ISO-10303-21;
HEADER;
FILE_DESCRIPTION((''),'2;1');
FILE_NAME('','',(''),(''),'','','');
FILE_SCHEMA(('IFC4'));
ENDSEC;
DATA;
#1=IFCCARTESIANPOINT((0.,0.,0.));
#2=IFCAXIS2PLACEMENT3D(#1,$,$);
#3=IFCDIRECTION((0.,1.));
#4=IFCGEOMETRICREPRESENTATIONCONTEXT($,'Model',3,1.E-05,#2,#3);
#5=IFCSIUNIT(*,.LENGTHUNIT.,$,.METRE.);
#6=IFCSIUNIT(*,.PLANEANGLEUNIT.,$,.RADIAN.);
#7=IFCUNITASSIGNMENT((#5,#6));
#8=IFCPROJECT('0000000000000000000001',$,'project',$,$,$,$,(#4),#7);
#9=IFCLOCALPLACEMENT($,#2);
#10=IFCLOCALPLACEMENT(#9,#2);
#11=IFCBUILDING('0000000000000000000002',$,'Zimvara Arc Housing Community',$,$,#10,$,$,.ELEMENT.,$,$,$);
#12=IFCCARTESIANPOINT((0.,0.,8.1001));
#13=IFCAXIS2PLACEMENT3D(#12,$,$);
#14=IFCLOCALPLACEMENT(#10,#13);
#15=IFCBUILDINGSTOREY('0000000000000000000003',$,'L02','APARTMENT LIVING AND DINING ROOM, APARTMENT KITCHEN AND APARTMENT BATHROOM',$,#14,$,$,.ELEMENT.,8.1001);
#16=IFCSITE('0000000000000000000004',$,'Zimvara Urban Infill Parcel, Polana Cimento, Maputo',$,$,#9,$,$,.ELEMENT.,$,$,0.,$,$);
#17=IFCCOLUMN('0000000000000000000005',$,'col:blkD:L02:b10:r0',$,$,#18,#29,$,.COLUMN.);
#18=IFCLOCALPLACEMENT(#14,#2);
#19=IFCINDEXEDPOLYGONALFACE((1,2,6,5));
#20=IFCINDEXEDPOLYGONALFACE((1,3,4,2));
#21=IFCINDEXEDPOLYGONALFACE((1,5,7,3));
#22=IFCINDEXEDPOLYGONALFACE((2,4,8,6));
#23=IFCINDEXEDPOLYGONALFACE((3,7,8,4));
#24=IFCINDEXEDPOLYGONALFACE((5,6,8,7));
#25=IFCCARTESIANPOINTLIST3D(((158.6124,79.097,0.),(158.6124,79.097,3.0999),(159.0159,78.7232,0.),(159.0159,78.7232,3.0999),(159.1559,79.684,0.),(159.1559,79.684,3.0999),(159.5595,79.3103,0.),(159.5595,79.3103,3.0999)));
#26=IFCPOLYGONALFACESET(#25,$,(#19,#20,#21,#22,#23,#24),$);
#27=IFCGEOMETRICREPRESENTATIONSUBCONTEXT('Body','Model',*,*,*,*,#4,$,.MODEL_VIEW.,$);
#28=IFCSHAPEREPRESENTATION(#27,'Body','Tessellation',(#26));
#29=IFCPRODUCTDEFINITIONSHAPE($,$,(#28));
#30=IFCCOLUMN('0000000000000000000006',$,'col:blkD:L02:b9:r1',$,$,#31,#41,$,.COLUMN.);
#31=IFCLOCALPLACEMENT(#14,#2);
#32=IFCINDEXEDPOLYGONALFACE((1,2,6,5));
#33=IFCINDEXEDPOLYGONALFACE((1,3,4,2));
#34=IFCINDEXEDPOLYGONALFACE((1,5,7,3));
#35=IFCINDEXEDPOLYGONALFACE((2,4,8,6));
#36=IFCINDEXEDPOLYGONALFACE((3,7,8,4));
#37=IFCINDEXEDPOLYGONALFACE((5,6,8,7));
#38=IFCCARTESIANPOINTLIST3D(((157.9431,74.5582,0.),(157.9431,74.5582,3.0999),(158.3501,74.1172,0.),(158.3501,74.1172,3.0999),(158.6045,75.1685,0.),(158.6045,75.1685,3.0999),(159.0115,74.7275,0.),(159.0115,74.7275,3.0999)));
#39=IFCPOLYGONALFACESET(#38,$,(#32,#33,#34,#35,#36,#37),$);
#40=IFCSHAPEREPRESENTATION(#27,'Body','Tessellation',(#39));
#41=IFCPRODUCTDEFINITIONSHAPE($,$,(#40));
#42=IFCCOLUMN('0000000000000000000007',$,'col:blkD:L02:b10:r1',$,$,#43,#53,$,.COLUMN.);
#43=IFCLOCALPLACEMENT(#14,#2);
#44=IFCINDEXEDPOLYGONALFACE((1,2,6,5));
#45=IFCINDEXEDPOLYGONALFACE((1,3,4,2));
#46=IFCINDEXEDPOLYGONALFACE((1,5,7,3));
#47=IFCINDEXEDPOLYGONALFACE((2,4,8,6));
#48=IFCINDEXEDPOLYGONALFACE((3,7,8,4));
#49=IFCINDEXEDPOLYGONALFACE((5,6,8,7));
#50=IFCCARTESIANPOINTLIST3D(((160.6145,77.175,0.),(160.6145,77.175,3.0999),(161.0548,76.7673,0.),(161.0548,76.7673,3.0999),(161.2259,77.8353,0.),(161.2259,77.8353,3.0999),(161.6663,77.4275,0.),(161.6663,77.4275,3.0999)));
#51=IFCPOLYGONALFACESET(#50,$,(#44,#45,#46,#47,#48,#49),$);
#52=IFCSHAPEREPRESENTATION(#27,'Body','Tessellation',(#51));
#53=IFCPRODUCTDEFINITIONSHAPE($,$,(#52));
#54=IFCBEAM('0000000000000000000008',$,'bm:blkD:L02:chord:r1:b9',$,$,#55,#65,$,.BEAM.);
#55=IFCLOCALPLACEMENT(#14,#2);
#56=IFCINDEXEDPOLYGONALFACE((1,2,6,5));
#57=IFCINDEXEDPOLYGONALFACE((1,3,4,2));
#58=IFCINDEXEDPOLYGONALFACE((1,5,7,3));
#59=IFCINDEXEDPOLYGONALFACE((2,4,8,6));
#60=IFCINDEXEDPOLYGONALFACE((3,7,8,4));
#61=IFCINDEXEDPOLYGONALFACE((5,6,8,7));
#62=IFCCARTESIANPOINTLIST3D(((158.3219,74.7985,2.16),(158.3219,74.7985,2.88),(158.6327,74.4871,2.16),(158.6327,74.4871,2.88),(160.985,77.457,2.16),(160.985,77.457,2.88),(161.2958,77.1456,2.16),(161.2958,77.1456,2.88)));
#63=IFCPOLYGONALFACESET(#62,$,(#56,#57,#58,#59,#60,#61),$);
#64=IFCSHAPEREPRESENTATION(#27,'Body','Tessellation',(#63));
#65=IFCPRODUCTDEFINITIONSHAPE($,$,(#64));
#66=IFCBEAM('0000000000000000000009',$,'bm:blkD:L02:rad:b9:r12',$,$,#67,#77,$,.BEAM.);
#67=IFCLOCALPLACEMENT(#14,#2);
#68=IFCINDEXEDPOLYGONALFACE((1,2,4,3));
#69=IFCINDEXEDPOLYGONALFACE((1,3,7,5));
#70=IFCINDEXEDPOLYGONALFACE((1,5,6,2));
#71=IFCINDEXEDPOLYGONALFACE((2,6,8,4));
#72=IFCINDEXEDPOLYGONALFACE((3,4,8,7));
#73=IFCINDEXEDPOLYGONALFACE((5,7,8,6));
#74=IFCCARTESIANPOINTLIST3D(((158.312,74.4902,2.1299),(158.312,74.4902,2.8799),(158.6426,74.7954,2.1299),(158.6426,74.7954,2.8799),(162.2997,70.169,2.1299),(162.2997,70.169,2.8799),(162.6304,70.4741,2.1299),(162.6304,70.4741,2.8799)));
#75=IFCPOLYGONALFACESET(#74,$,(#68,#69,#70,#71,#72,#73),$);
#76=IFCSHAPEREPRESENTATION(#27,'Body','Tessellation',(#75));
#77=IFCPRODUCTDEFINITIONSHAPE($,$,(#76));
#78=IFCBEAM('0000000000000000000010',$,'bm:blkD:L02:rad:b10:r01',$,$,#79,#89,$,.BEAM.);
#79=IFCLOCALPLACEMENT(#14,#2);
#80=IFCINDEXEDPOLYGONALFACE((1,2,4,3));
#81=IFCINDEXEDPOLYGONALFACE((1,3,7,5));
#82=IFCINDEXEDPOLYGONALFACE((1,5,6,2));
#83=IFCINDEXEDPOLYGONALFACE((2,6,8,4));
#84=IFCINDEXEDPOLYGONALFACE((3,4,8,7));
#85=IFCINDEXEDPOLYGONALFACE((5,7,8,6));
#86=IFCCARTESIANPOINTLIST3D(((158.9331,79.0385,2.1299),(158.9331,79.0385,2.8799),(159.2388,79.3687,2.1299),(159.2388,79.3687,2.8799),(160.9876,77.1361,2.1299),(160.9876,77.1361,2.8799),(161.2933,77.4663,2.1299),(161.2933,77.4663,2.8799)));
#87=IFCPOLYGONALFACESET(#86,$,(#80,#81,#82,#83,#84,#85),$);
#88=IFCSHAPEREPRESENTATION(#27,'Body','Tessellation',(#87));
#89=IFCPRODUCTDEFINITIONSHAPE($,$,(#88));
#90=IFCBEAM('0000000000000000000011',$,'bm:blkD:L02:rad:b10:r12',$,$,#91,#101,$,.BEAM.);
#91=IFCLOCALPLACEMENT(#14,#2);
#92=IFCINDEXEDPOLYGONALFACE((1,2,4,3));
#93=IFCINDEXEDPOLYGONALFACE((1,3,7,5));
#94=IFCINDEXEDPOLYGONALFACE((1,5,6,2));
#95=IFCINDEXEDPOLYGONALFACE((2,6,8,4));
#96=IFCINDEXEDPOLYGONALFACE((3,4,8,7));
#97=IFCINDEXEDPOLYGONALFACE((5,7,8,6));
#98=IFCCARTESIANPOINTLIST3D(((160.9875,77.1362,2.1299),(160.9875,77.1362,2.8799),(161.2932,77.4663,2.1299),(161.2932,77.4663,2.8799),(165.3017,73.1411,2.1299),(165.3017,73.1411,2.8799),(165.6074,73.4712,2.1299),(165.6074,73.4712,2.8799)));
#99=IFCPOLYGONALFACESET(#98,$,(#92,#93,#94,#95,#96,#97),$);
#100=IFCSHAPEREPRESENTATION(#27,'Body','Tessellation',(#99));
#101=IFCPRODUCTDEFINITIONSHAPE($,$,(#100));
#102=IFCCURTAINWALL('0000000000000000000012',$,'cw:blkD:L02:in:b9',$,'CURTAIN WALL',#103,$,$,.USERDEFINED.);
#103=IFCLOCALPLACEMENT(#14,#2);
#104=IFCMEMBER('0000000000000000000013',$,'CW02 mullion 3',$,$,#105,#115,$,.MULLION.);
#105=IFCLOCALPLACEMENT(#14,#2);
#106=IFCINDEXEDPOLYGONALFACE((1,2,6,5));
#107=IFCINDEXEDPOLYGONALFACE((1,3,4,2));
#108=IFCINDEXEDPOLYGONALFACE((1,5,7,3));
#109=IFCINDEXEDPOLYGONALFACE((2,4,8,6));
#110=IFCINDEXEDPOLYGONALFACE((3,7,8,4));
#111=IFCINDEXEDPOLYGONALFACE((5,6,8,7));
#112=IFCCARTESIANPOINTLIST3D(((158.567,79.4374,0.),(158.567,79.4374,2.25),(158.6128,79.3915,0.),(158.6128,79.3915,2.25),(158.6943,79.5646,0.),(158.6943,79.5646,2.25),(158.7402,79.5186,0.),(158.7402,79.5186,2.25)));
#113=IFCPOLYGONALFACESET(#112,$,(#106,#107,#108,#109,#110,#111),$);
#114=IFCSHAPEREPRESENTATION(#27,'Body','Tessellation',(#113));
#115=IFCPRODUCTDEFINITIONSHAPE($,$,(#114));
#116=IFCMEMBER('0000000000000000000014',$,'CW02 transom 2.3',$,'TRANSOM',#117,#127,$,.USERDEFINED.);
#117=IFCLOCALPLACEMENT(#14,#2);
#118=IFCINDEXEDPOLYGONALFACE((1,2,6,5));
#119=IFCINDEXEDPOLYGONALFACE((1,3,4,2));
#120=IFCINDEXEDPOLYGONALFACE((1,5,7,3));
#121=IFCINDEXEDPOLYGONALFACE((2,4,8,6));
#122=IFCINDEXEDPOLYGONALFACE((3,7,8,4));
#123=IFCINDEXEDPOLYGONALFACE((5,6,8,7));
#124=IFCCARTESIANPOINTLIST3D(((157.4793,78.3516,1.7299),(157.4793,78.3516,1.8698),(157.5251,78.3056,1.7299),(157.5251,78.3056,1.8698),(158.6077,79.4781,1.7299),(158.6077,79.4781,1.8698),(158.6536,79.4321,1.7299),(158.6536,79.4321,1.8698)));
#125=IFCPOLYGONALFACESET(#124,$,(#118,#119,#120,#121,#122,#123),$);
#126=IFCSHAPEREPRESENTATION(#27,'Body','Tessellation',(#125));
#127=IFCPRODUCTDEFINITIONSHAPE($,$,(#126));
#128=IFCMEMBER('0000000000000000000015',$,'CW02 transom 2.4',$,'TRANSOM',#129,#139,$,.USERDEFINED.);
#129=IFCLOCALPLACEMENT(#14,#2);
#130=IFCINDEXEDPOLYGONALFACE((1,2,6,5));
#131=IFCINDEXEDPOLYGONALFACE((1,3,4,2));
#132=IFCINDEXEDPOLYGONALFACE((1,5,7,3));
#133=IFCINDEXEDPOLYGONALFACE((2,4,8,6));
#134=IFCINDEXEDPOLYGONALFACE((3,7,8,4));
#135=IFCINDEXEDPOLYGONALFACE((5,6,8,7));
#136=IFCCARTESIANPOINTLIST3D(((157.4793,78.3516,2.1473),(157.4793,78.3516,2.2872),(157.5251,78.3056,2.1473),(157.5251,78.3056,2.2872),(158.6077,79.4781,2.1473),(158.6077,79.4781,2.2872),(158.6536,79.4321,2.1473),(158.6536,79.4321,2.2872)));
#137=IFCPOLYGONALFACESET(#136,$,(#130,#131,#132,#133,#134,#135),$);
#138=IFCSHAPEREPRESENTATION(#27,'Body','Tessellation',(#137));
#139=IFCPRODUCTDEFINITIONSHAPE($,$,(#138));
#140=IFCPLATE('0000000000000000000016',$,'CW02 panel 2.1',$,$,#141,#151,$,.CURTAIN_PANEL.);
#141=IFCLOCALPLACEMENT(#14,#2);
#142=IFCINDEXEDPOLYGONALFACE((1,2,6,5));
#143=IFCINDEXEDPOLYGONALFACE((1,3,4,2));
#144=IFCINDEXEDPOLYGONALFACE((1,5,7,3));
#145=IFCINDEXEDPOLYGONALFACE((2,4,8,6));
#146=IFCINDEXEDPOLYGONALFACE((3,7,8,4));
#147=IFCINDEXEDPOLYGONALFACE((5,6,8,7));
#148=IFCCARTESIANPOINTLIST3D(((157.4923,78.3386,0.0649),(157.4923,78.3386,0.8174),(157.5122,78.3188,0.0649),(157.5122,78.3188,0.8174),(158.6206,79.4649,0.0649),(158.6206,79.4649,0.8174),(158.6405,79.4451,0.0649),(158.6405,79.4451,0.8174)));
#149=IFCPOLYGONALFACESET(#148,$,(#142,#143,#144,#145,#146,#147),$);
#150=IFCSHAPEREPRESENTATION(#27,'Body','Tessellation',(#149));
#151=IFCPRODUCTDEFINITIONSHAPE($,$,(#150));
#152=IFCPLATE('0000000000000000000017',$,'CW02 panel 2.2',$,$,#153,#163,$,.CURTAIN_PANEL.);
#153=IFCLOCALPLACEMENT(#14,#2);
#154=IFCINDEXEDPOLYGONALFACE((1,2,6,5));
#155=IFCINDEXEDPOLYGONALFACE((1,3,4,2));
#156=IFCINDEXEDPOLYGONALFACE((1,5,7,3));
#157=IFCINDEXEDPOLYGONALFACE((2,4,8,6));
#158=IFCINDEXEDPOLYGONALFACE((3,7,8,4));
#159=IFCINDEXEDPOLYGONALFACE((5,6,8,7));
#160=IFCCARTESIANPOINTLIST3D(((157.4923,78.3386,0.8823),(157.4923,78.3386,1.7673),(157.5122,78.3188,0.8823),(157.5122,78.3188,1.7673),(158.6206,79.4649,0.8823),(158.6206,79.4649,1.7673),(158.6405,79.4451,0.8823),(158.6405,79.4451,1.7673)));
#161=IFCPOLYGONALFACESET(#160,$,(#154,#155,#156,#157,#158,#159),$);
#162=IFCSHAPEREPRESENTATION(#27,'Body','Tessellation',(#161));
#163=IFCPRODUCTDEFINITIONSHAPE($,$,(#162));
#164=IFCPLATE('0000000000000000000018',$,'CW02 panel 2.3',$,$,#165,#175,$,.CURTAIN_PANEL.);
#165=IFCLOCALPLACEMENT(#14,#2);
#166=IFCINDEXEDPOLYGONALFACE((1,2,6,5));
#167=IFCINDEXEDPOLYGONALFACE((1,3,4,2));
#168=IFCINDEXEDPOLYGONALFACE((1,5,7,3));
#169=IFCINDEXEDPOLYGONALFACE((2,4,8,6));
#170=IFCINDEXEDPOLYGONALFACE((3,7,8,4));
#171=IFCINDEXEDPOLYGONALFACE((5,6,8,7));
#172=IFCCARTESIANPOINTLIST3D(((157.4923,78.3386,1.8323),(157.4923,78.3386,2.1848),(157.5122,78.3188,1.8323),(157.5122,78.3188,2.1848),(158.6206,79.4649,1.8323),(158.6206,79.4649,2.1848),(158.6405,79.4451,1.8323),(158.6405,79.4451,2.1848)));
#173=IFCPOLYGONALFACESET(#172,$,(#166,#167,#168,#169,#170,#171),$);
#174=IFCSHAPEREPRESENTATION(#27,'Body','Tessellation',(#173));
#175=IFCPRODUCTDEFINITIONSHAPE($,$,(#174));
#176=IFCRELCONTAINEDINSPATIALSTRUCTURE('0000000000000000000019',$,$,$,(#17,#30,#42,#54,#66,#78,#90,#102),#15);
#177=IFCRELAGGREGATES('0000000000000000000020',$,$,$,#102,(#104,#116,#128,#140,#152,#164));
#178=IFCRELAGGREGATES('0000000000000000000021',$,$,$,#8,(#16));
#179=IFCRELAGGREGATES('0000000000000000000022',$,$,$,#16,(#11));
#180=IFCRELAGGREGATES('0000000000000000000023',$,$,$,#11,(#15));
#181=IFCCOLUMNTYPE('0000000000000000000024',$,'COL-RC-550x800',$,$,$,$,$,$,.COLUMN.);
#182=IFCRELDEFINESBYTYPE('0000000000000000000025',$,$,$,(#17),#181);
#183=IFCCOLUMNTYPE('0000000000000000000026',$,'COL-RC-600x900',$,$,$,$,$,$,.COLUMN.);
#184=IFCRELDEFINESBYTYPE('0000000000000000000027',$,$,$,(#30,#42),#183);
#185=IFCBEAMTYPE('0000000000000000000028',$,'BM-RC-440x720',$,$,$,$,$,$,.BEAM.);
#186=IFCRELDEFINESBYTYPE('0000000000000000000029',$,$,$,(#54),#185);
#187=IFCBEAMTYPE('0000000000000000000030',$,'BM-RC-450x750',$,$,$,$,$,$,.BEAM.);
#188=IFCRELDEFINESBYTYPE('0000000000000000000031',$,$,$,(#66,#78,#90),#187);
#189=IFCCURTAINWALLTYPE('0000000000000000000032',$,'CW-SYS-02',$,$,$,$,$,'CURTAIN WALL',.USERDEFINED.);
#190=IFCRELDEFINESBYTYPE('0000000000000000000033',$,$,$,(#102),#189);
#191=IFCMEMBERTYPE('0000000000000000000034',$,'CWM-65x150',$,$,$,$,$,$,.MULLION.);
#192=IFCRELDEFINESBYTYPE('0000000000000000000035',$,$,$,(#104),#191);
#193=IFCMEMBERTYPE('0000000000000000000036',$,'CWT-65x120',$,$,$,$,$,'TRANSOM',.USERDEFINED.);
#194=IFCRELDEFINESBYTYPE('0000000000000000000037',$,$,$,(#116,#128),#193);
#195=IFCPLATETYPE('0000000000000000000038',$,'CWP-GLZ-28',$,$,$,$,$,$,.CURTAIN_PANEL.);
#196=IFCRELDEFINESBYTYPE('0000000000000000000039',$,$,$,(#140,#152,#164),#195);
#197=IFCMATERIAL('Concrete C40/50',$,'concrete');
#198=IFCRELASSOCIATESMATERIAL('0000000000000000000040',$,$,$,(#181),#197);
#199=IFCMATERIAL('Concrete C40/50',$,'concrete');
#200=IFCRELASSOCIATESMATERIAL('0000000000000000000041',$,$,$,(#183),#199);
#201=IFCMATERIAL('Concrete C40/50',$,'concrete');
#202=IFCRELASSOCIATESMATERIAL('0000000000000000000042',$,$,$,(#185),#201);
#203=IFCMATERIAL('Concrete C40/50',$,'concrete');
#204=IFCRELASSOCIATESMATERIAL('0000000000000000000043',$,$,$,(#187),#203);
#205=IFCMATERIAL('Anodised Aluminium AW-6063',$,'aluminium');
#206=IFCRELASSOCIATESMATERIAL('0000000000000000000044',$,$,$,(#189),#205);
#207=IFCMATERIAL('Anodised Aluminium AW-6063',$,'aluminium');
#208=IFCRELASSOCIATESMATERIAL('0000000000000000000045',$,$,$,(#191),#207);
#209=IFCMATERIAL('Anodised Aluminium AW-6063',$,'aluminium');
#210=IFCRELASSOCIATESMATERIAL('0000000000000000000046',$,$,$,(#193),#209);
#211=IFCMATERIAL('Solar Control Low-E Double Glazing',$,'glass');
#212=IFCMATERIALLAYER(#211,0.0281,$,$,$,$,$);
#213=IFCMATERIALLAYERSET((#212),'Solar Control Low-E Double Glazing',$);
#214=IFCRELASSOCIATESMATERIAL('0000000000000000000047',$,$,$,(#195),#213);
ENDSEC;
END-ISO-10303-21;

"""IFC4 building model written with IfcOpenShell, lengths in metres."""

from ifc_helpers import new_model, si_unit, direction, frame, origin, origin_2d, place, context, subcontext, project, spatial, rectangle, extrude, material, layer, layer_set, material_profile, profile_set, type_object, element, aggregate, save


model = new_model("IFC4")

# Units and contexts
model_context = context("Model", 3, precision=1e-05, world=origin(), true_north=direction((0.0, 1.0)))
body_context = subcontext(model_context, "Body", "Model", "MODEL_VIEW")
ifc_project = project(units=[si_unit("LENGTHUNIT", "METRE"), si_unit("PLANEANGLEUNIT", "RADIAN")], contexts=[model_context])

# Site, building, storey
site_placement = place(None, origin())
site = spatial("IfcSite", under=ifc_project, at=site_placement, Name="Zimvara Urban Infill Parcel, Polana Cimento, Maputo", CompositionType="ELEMENT", RefElevation=0.0)
building_placement = place(site_placement, origin())
building = spatial("IfcBuilding", under=site, at=building_placement, Name="Zimvara Arc Housing Community", CompositionType="ELEMENT")
storey_placement = place(building_placement, frame((0.0, 0.0, 8.1001)))
storey = spatial("IfcBuildingStorey", under=building, at=storey_placement, Name="L02", Description="APARTMENT LIVING AND DINING ROOM, APARTMENT KITCHEN AND APARTMENT BATHROOM", CompositionType="ELEMENT", Elevation=8.1001)

# Columns
ifc_material_1 = material(Name="Concrete C40/50", Category="concrete")
ifc_material_profile_1 = material_profile(ifc_material_1, rectangle(XDim=0.55, YDim=0.8, at=origin_2d()), Name="RC 550x800")
ifc_profile_set_1 = profile_set([ifc_material_profile_1], Name="Concrete C40/50")
column_type_1 = type_object("IfcColumnType", Name="COL-RC-550x800", PredefinedType="COLUMN", material=ifc_profile_set_1)
column_placement = place(storey_placement, frame((159.0859, 79.2036, 0.0), z_axis=(0.0, 0.0, 1.0), x_axis=(0.73373, -0.679441, 0.0)))
element("IfcColumn", 1, at=column_placement, inside=storey, type_object=column_type_1, Name="col:blkD:L02:b10:r0", PredefinedType="COLUMN", context=body_context, shape_type="SweptSolid", body=[
    extrude(rectangle(XDim=0.55, YDim=0.8, at=origin_2d()), origin(), (0.0, 0.0, 1.0), 3.0999),
])
ifc_material_2 = material(Name="Concrete C40/50", Category="concrete")
ifc_material_profile_2 = material_profile(ifc_material_2, rectangle(XDim=0.6001, YDim=0.8999, at=origin_2d()), Name="RC 600x900")
ifc_profile_set_2 = profile_set([ifc_material_profile_2], Name="Concrete C40/50")
column_type_2 = type_object("IfcColumnType", Name="COL-RC-600x900", PredefinedType="COLUMN", material=ifc_profile_set_2)
for number, where, z_axis, x_axis, name in (
    (2, (158.4773, 74.6428, 0.0), (0.0, 0.0, 1.0), (0.67816, -0.734915, 0.0), "col:blkD:L02:b9:r1"),
    (3, (161.1404, 77.3013, 0.0), (0.0, 0.0, 1.0), (0.73373, -0.679441, 0.0), "col:blkD:L02:b10:r1"),
):
    element("IfcColumn", number, at=place(storey_placement, frame(where, z_axis=z_axis, x_axis=x_axis)), inside=storey, type_object=column_type_2, Name=name, PredefinedType="COLUMN", context=body_context, shape_type="SweptSolid", body=[
        extrude(rectangle(XDim=0.6001, YDim=0.8999, at=origin_2d()), origin(), (0.0, 0.0, 1.0), 3.0999),
    ])

# Beams
ifc_material_3 = material(Name="Concrete C40/50", Category="concrete")
ifc_material_profile_3 = material_profile(ifc_material_3, rectangle(XDim=0.4399, YDim=0.72, at=origin_2d()), Name="RC 440x720")
ifc_profile_set_3 = profile_set([ifc_material_profile_3], Name="Concrete C40/50")
beam_type_1 = type_object("IfcBeamType", Name="BM-RC-440x720", PredefinedType="BEAM", material=ifc_profile_set_3)
beam_1_placement = place(storey_placement, frame((158.4773, 74.6428, 2.52), z_axis=(0.707723, 0.70649, 0.0), x_axis=(-0.70649, 0.707723, 0.0)))
element("IfcBeam", 4, at=beam_1_placement, inside=storey, type_object=beam_type_1, Name="bm:blkD:L02:chord:r1:b9", PredefinedType="BEAM", context=body_context, shape_type="SweptSolid", body=[
    extrude(rectangle(XDim=0.4399, YDim=0.72, at=origin_2d()), origin(), (0.0, 0.0, 1.0), 3.7629),
])
ifc_material_4 = material(Name="Concrete C40/50", Category="concrete")
ifc_material_profile_4 = material_profile(ifc_material_4, rectangle(XDim=0.45, YDim=0.75, at=origin_2d()), Name="RC 450x750")
ifc_profile_set_4 = profile_set([ifc_material_profile_4], Name="Concrete C40/50")
beam_type_2 = type_object("IfcBeamType", Name="BM-RC-450x750", PredefinedType="BEAM", material=ifc_profile_set_4)
beam_2_placement = place(storey_placement, frame((158.4773, 74.6428, 2.5049), z_axis=(0.67818, -0.734896, 0.0), x_axis=(0.734896, 0.67818, 0.0)))
element("IfcBeam", 5, at=beam_2_placement, inside=storey, type_object=beam_type_2, Name="bm:blkD:L02:rad:b9:r12", PredefinedType="BEAM", context=body_context, shape_type="SweptSolid", body=[
    extrude(rectangle(XDim=0.45, YDim=0.75, at=origin_2d()), origin(), (0.0, 0.0, 1.0), 5.8801),
])
beam_3_placement = place(storey_placement, frame((159.0859, 79.2036, 2.5049), z_axis=(0.733746, -0.679424, 0.0), x_axis=(0.679424, 0.733746, 0.0)))
element("IfcBeam", 6, at=beam_3_placement, inside=storey, type_object=beam_type_2, Name="bm:blkD:L02:rad:b10:r01", PredefinedType="BEAM", context=body_context, shape_type="SweptSolid", body=[
    extrude(rectangle(XDim=0.45, YDim=0.75, at=origin_2d()), origin(), (0.0, 0.0, 1.0), 2.8),
])
beam_4_placement = place(storey_placement, frame((161.1404, 77.3013, 2.5049), z_axis=(0.73372, -0.679452, 0.0), x_axis=(0.679452, 0.73372, 0.0)))
element("IfcBeam", 7, at=beam_4_placement, inside=storey, type_object=beam_type_2, Name="bm:blkD:L02:rad:b10:r12", PredefinedType="BEAM", context=body_context, shape_type="SweptSolid", body=[
    extrude(rectangle(XDim=0.45, YDim=0.75, at=origin_2d()), origin(), (0.0, 0.0, 1.0), 5.8799),
])

# Curtain wall, members, plates
ifc_material_5 = material(Name="Anodised Aluminium AW-6063", Category="aluminium")
curtain_wall_type = type_object("IfcCurtainWallType", Name="CW-SYS-02", ElementType="CURTAIN WALL", PredefinedType="USERDEFINED", material=ifc_material_5)
curtain_wall_placement = place(storey_placement, origin())
curtain_wall = element("IfcCurtainWall", 8, at=curtain_wall_placement, inside=storey, type_object=curtain_wall_type, Name="cw:blkD:L02:in:b9", ObjectType="CURTAIN WALL", PredefinedType="USERDEFINED")
ifc_material_6 = material(Name="Anodised Aluminium AW-6063", Category="aluminium")
ifc_material_profile_5 = material_profile(ifc_material_6, rectangle(XDim=0.0649, YDim=0.1799, at=origin_2d()), Name="ALU 65x180")
ifc_profile_set_5 = profile_set([ifc_material_profile_5], Name="Anodised Aluminium AW-6063")
member_type_1 = type_object("IfcMemberType", Name="CWM-65x150", PredefinedType="MULLION", material=ifc_profile_set_5)
member_1_placement = place(storey_placement, frame((158.6536, 79.478, 0.0), z_axis=(0.0, 0.0, 1.0), x_axis=(-0.70649, 0.707723, 0.0)))
member_1 = element("IfcMember", 9, at=member_1_placement, type_object=member_type_1, Name="CW02 mullion 3", PredefinedType="MULLION", context=body_context, shape_type="SweptSolid", body=[
    extrude(rectangle(XDim=0.0649, YDim=0.1799, at=origin_2d()), origin(), (0.0, 0.0, 1.0), 2.25),
])
ifc_material_7 = material(Name="Anodised Aluminium AW-6063", Category="aluminium")
ifc_material_profile_6 = material_profile(ifc_material_7, rectangle(XDim=0.0649, YDim=0.1399, at=origin_2d()), Name="ALU 65x140")
ifc_profile_set_6 = profile_set([ifc_material_profile_6], Name="Anodised Aluminium AW-6063")
member_type_2 = type_object("IfcMemberType", Name="CWT-65x120", ElementType="TRANSOM", PredefinedType="USERDEFINED", material=ifc_profile_set_6)
member_2_placement = place(storey_placement, frame((157.5022, 78.3286, 1.7998), z_axis=(0.707719, 0.706494, 0.0), x_axis=(-0.706494, 0.707719, 0.0)))
member_2 = element("IfcMember", 10, at=member_2_placement, type_object=member_type_2, Name="CW02 transom 2.3", ObjectType="TRANSOM", PredefinedType="USERDEFINED", context=body_context, shape_type="SweptSolid", body=[
    extrude(rectangle(XDim=0.0649, YDim=0.1399, at=origin_2d()), origin(), (0.0, 0.0, 1.0), 1.5945),
])
member_3_placement = place(storey_placement, frame((157.5022, 78.3286, 2.2173), z_axis=(0.707719, 0.706494, 0.0), x_axis=(-0.706494, 0.707719, 0.0)))
member_3 = element("IfcMember", 11, at=member_3_placement, type_object=member_type_2, Name="CW02 transom 2.4", ObjectType="TRANSOM", PredefinedType="USERDEFINED", context=body_context, shape_type="SweptSolid", body=[
    extrude(rectangle(XDim=0.0649, YDim=0.1399, at=origin_2d()), origin(), (0.0, 0.0, 1.0), 1.5945),
])
ifc_material_8 = material(Name="Solar Control Low-E Double Glazing", Category="glass")
ifc_layer_1 = layer(ifc_material_8, 0.0281)
ifc_layer_set_1 = layer_set([ifc_layer_1], Name="Solar Control Low-E Double Glazing")
plate_type = type_object("IfcPlateType", Name="CWP-GLZ-28", PredefinedType="CURTAIN_PANEL", material=ifc_layer_set_1)
plate_1_placement = place(storey_placement, frame((158.0664, 78.8918, 0.0649), z_axis=(0.0, 0.0, 1.0), x_axis=(0.707723, 0.70649, 0.0)))
plate_1 = element("IfcPlate", 12, at=plate_1_placement, type_object=plate_type, Name="CW02 panel 2.1", PredefinedType="CURTAIN_PANEL", context=body_context, shape_type="SweptSolid", body=[
    extrude(rectangle(XDim=1.5942, YDim=0.0281, at=origin_2d()), origin(), (0.0, 0.0, 1.0), 0.7524),
])
plate_2_placement = place(storey_placement, frame((158.0664, 78.8918, 0.8823), z_axis=(0.0, 0.0, 1.0), x_axis=(0.707723, 0.70649, 0.0)))
plate_2 = element("IfcPlate", 13, at=plate_2_placement, type_object=plate_type, Name="CW02 panel 2.2", PredefinedType="CURTAIN_PANEL", context=body_context, shape_type="SweptSolid", body=[
    extrude(rectangle(XDim=1.5942, YDim=0.0281, at=origin_2d()), origin(), (0.0, 0.0, 1.0), 0.885),
])
plate_3_placement = place(storey_placement, frame((158.0664, 78.8918, 1.8323), z_axis=(0.0, 0.0, 1.0), x_axis=(0.707723, 0.70649, 0.0)))
plate_3 = element("IfcPlate", 14, at=plate_3_placement, type_object=plate_type, Name="CW02 panel 2.3", PredefinedType="CURTAIN_PANEL", context=body_context, shape_type="SweptSolid", body=[
    extrude(rectangle(XDim=1.5942, YDim=0.0281, at=origin_2d()), origin(), (0.0, 0.0, 1.0), 0.3525),
])
aggregate(curtain_wall, [member_1, member_2, member_3, plate_1, plate_2, plate_3])

save(model, "model.ifc")
